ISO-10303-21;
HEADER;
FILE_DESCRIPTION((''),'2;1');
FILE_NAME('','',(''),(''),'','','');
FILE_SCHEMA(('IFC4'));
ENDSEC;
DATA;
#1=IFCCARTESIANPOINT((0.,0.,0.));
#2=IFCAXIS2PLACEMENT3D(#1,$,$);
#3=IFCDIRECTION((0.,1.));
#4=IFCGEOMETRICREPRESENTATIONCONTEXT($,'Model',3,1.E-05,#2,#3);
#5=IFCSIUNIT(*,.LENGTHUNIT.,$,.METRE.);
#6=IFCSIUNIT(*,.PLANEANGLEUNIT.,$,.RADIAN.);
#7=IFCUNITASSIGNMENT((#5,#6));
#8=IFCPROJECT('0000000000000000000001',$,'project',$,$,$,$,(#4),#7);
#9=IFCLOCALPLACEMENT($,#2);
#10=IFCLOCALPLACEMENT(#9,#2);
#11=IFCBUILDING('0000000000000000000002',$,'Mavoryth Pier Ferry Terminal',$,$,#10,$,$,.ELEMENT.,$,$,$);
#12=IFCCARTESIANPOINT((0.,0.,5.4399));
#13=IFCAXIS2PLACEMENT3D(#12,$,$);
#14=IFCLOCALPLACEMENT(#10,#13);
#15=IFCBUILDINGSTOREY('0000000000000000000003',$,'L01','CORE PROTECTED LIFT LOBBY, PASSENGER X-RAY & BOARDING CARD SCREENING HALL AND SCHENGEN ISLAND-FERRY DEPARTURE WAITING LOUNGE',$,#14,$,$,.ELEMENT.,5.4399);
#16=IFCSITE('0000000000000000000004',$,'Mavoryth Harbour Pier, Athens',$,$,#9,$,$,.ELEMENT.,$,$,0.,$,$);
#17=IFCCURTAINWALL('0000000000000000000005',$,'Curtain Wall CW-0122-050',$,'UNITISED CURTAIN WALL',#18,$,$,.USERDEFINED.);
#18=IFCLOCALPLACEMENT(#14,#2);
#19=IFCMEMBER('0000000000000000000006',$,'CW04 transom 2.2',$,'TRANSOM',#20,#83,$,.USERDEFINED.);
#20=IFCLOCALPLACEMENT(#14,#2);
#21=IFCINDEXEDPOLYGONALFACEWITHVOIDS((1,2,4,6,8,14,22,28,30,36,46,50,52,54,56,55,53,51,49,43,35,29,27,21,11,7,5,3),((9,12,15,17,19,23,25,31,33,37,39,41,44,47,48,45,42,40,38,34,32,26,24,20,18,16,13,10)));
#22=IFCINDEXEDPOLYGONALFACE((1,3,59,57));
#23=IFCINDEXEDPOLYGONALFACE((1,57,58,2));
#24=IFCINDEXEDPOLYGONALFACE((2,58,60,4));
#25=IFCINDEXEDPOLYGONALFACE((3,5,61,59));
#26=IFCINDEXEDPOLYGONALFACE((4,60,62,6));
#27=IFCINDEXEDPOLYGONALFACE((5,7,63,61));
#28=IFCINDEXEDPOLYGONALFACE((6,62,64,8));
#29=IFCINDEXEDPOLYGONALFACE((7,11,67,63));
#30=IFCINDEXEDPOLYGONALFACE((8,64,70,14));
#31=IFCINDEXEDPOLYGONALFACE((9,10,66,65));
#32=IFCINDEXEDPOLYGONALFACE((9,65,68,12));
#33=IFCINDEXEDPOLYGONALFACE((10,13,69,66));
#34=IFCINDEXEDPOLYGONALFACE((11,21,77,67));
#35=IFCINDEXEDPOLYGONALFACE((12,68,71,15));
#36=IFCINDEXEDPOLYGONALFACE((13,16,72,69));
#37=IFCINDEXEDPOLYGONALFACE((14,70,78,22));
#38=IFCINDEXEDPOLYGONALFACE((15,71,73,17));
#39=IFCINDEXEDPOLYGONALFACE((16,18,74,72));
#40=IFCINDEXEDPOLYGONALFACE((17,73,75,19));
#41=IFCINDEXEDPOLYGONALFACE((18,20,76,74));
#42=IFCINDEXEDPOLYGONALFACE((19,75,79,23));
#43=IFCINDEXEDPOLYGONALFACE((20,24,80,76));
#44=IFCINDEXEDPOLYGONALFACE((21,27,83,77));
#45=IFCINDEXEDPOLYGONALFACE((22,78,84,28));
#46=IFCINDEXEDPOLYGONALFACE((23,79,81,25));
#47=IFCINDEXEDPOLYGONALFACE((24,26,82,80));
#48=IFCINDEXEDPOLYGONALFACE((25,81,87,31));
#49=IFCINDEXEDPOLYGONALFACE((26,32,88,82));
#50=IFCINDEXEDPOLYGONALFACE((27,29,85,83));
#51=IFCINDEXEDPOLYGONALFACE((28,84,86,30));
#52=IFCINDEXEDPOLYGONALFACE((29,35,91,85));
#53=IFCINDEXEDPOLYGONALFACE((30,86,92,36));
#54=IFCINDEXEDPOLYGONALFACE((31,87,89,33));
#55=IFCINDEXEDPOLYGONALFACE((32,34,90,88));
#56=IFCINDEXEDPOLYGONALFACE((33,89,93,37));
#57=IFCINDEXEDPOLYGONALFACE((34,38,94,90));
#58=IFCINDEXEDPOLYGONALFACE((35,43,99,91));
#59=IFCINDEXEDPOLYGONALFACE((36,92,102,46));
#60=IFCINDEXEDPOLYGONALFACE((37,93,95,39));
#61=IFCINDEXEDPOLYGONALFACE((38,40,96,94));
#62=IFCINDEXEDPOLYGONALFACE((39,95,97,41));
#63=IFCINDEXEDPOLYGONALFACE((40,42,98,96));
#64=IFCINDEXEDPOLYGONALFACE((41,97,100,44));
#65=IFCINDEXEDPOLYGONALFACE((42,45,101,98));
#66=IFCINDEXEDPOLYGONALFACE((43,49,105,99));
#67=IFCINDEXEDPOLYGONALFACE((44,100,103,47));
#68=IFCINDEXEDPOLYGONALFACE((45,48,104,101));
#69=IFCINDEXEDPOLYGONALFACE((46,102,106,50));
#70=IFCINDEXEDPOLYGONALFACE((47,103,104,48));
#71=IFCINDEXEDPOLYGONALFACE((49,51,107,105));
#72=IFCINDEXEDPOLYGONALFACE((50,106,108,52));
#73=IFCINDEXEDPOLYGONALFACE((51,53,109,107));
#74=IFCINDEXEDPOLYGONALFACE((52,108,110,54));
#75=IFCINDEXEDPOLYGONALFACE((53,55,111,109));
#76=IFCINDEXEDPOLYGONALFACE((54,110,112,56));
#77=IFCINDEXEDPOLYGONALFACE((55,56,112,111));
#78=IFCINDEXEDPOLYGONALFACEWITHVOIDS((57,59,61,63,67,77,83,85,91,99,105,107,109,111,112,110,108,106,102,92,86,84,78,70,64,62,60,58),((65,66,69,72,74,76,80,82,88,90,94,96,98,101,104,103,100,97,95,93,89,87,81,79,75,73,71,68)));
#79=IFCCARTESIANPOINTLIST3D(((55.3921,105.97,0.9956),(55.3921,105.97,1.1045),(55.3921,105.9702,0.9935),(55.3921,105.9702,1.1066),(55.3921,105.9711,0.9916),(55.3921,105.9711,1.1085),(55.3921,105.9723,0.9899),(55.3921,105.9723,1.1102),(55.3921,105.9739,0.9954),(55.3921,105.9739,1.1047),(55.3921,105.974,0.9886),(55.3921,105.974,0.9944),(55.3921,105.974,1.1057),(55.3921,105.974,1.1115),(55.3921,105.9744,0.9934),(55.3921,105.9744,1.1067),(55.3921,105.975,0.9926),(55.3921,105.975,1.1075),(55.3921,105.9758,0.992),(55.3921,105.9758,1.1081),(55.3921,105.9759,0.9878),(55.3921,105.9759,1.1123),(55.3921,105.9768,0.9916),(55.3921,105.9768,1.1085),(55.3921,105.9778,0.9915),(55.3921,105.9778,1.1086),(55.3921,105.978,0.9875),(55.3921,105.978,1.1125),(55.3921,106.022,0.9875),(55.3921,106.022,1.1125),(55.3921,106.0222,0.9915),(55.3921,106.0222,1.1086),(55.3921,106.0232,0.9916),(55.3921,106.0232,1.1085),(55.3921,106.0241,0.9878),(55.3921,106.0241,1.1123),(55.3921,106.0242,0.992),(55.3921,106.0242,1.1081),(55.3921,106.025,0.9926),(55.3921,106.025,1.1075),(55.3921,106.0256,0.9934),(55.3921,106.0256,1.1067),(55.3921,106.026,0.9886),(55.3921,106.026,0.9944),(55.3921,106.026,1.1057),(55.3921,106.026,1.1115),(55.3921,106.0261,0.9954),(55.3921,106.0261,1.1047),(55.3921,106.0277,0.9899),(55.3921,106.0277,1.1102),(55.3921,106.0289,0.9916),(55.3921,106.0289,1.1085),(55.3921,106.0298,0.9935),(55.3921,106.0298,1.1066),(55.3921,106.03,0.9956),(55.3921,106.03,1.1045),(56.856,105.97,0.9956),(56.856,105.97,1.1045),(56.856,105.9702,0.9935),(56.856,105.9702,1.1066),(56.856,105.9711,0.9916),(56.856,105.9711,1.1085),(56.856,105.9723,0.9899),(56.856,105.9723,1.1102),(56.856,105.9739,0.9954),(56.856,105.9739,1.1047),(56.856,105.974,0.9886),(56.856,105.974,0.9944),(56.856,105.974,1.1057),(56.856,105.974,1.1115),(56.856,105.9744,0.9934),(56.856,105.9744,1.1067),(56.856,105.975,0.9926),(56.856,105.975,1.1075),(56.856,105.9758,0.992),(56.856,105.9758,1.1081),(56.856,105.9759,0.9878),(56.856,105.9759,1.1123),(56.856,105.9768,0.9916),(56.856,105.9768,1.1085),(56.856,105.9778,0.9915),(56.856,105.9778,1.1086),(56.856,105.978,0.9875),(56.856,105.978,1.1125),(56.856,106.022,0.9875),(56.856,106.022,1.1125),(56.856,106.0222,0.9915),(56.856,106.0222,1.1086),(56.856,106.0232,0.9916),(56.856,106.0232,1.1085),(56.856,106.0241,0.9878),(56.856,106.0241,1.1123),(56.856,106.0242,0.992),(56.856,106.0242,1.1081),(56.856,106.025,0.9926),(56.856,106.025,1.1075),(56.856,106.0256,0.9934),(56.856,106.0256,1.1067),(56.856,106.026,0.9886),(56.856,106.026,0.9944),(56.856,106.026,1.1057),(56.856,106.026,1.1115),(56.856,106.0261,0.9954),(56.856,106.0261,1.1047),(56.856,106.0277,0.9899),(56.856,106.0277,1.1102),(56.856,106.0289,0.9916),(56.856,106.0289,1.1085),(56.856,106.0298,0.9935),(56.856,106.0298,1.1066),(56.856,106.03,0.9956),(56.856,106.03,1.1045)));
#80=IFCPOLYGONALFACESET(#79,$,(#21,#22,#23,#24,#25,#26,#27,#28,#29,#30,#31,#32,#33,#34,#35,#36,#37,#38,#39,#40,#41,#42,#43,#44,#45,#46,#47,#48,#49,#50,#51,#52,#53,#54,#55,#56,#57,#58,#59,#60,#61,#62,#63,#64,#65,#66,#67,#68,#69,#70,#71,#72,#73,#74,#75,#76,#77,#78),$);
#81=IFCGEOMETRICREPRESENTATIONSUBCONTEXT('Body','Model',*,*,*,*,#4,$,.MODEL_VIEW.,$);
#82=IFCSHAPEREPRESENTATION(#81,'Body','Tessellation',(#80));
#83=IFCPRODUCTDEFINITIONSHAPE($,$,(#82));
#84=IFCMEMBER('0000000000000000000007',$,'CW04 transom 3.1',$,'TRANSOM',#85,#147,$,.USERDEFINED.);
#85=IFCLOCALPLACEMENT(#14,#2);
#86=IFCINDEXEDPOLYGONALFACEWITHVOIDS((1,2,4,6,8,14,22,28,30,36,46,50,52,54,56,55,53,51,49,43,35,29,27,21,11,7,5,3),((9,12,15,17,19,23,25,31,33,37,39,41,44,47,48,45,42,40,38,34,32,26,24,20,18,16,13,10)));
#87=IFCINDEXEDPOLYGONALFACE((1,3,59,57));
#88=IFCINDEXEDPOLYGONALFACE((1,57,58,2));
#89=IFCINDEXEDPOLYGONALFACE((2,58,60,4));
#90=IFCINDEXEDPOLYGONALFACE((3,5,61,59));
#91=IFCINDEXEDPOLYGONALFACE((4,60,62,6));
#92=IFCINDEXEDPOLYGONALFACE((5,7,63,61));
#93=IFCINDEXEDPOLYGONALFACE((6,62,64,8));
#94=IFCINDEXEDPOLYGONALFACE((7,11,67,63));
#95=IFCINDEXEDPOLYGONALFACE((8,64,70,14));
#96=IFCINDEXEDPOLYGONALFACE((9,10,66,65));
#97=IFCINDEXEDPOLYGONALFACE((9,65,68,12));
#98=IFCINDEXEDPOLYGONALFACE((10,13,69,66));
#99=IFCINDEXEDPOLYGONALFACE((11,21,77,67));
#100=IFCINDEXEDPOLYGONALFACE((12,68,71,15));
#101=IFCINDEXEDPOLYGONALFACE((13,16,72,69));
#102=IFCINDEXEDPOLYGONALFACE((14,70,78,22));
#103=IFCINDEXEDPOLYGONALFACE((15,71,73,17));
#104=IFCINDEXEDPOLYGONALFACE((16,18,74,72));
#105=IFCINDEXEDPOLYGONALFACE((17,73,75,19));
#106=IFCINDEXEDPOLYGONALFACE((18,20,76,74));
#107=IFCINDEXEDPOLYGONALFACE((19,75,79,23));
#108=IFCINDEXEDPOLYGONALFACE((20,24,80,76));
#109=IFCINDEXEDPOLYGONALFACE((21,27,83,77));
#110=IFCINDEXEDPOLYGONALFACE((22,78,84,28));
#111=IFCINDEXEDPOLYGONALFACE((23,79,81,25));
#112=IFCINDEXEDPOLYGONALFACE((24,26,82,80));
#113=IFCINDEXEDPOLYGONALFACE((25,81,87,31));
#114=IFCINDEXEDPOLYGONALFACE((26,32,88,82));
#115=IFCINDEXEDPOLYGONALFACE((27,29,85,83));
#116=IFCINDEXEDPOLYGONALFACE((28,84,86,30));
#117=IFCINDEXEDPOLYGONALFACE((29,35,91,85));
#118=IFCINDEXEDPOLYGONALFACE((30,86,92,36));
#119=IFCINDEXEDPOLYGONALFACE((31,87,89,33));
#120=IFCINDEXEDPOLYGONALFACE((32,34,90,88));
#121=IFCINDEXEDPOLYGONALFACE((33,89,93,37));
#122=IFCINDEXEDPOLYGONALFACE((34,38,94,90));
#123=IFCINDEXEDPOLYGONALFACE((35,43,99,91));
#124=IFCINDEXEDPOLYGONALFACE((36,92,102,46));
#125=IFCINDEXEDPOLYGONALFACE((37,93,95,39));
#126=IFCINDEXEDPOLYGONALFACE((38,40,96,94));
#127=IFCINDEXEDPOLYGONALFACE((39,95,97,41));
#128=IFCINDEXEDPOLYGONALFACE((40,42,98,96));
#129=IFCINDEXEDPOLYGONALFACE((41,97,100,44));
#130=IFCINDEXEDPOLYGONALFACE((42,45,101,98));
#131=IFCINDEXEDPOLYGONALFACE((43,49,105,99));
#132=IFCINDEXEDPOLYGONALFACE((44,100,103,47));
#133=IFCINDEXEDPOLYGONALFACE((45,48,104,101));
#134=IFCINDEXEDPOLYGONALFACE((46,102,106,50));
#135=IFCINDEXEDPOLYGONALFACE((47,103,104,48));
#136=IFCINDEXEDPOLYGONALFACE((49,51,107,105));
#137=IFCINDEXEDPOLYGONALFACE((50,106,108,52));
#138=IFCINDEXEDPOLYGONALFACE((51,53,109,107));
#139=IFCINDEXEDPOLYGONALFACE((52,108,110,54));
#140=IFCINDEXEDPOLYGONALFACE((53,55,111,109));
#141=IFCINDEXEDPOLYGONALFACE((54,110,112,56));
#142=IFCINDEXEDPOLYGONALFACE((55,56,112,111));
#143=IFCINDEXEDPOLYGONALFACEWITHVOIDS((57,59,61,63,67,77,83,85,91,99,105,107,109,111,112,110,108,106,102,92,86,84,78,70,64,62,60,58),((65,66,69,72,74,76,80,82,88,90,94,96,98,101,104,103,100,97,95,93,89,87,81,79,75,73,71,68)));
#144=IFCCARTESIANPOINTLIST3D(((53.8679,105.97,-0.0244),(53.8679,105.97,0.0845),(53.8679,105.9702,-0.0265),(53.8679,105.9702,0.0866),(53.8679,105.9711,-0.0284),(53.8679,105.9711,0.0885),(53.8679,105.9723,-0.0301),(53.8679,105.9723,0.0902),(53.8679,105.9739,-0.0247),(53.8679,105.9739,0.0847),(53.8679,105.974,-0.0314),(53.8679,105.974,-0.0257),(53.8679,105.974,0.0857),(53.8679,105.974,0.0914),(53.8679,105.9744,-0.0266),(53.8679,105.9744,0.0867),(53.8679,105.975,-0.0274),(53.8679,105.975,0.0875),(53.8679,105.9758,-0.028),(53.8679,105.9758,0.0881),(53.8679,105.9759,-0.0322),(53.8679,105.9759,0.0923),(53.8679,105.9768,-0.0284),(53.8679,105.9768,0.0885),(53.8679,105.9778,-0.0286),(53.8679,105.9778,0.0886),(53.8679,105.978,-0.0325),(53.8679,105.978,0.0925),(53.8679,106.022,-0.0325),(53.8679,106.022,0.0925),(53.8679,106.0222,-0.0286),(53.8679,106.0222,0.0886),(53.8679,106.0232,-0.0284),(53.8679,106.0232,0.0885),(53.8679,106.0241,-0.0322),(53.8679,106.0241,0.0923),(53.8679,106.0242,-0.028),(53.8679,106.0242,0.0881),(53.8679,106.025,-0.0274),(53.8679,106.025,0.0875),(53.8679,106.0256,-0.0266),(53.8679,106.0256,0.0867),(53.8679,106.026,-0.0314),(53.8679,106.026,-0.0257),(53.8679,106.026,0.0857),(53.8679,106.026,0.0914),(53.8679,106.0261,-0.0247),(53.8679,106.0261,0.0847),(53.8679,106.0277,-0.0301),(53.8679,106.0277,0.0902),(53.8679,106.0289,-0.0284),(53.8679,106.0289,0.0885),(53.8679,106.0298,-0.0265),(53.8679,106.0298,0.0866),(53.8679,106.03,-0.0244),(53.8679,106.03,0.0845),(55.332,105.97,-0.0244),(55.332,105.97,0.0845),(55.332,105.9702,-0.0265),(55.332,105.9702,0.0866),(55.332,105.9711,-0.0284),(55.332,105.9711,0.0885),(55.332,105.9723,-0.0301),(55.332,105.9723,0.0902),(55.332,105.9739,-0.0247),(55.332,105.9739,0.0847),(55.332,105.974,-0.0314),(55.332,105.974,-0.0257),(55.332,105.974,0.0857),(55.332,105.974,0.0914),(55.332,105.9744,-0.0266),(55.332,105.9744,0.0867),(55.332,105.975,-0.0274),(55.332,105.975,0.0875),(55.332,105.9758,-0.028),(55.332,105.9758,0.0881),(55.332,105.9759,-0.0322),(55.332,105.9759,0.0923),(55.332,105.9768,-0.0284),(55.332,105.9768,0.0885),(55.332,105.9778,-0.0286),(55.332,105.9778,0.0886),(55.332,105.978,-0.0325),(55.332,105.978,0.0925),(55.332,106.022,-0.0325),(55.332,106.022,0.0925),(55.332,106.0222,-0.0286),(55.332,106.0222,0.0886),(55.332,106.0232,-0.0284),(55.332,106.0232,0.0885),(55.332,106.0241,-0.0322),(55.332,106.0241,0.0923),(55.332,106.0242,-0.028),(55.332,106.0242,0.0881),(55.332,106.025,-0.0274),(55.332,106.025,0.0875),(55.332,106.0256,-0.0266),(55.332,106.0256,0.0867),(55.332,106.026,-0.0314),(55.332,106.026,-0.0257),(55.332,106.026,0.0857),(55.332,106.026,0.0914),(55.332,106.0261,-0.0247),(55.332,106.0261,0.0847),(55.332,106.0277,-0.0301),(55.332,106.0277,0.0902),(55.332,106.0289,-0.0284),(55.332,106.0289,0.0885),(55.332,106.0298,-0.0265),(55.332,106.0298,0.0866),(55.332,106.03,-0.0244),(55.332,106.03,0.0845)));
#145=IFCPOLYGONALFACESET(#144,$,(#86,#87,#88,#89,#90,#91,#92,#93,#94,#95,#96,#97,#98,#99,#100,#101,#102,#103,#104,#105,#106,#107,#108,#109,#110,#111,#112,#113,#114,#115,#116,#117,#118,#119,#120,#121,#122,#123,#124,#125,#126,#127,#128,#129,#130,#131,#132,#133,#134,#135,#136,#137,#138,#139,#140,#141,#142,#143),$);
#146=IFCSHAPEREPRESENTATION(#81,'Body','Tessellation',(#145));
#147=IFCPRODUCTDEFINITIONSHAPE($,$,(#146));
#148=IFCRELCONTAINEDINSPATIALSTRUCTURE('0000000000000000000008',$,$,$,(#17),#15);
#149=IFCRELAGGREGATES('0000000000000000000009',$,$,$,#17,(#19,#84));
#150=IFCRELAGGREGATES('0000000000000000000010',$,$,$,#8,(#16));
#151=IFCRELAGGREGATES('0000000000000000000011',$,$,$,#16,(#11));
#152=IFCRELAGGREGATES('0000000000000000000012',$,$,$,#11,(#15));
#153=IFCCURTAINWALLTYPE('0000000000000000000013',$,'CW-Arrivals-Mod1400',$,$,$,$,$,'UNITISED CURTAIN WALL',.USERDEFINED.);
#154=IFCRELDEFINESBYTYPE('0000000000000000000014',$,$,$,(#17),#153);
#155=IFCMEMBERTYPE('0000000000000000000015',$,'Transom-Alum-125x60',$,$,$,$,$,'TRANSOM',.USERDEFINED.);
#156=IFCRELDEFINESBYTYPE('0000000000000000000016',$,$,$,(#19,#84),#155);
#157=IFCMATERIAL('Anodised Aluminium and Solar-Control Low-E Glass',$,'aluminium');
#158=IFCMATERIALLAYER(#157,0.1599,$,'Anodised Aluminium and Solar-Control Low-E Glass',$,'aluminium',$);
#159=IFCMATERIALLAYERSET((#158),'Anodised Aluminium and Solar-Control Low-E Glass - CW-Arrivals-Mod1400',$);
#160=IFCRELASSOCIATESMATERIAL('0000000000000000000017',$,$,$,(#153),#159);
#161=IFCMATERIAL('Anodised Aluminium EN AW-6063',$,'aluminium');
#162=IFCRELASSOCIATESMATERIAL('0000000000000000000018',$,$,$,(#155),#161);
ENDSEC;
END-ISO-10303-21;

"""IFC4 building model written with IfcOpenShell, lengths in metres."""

from ifc_helpers import new_model, si_unit, direction, frame, origin, origin_2d, place, context, subcontext, project, spatial, hollow_rectangle, extrude, material, layer, layer_set, material_profile, profile_set, type_object, element, aggregate, save


model = new_model("IFC4")

# Units and contexts
model_context = context("Model", 3, precision=1e-05, world=origin(), true_north=direction((0.0, 1.0)))
body_context = subcontext(model_context, "Body", "Model", "MODEL_VIEW")
ifc_project = project(units=[si_unit("LENGTHUNIT", "METRE"), si_unit("PLANEANGLEUNIT", "RADIAN")], contexts=[model_context])

# Site, building, storey
site_placement = place(None, origin())
site = spatial("IfcSite", under=ifc_project, at=site_placement, Name="Mavoryth Harbour Pier, Athens", CompositionType="ELEMENT", RefElevation=0.0)
building_placement = place(site_placement, origin())
building = spatial("IfcBuilding", under=site, at=building_placement, Name="Mavoryth Pier Ferry Terminal", CompositionType="ELEMENT")
storey_placement = place(building_placement, frame((0.0, 0.0, 5.4399)))
storey = spatial("IfcBuildingStorey", under=building, at=storey_placement, Name="L01", Description="CORE PROTECTED LIFT LOBBY, PASSENGER X-RAY & BOARDING CARD SCREENING HALL AND SCHENGEN ISLAND-FERRY DEPARTURE WAITING LOUNGE", CompositionType="ELEMENT", Elevation=5.4399)

# Curtain wall
ifc_material_1 = material(Name="Anodised Aluminium and Solar-Control Low-E Glass", Category="aluminium")
ifc_layer_1 = layer(ifc_material_1, 0.1599, Name="Anodised Aluminium and Solar-Control Low-E Glass", Category="aluminium")
ifc_layer_set_1 = layer_set([ifc_layer_1], Name="Anodised Aluminium and Solar-Control Low-E Glass - CW-Arrivals-Mod1400")
curtain_wall_type = type_object("IfcCurtainWallType", Name="CW-Arrivals-Mod1400", ElementType="UNITISED CURTAIN WALL", PredefinedType="USERDEFINED", material=ifc_layer_set_1)
curtain_wall_placement = place(storey_placement, origin())
curtain_wall = element("IfcCurtainWall", 1, at=curtain_wall_placement, inside=storey, type_object=curtain_wall_type, Name="Curtain Wall CW-0122-050", ObjectType="UNITISED CURTAIN WALL", PredefinedType="USERDEFINED")
ifc_material_2 = material(Name="Anodised Aluminium EN AW-6063", Category="aluminium")

# Members
ifc_material_profile_1 = material_profile(ifc_material_2, hollow_rectangle(XDim=0.0601, YDim=0.125, WallThickness=0.0039, InnerFilletRadius=0.0039, OuterFilletRadius=0.0081, at=origin_2d()), Name="AL-TRAN 125x60x4", Category="aluminium")
ifc_profile_set_1 = profile_set([ifc_material_profile_1], Name="Anodised Aluminium EN AW-6063 - AL-TRAN 125x60x4")
member_type_1 = type_object("IfcMemberType", Name="Transom-Alum-125x60", ElementType="TRANSOM", PredefinedType="USERDEFINED", material=ifc_profile_set_1)
member_1_placement = place(storey_placement, frame((56.856, 106.0, 1.05), z_axis=(-1.0, 0.0, 0.0), x_axis=(0.0, -1.0, 0.0)))
member_1 = element("IfcMember", 2, at=member_1_placement, type_object=member_type_1, Name="CW04 transom 2.2", ObjectType="TRANSOM", PredefinedType="USERDEFINED", context=body_context, shape_type="SweptSolid", body=[
    extrude(hollow_rectangle(XDim=0.0601, YDim=0.125, WallThickness=0.0039, InnerFilletRadius=0.0039, OuterFilletRadius=0.0081, at=origin_2d()), origin(), (0.0, 0.0, 1.0), 1.4639),
])
member_2_placement = place(storey_placement, frame((55.332, 106.0, 0.03), z_axis=(-1.0, 0.0, 0.0), x_axis=(0.0, -1.0, 0.0)))
member_2 = element("IfcMember", 3, at=member_2_placement, type_object=member_type_1, Name="CW04 transom 3.1", ObjectType="TRANSOM", PredefinedType="USERDEFINED", context=body_context, shape_type="SweptSolid", body=[
    extrude(hollow_rectangle(XDim=0.0601, YDim=0.125, WallThickness=0.0039, InnerFilletRadius=0.0039, OuterFilletRadius=0.0081, at=origin_2d()), origin(), (0.0, 0.0, 1.0), 1.4641),
])

aggregate(curtain_wall, [member_1, member_2])

save(model, "model.ifc")
